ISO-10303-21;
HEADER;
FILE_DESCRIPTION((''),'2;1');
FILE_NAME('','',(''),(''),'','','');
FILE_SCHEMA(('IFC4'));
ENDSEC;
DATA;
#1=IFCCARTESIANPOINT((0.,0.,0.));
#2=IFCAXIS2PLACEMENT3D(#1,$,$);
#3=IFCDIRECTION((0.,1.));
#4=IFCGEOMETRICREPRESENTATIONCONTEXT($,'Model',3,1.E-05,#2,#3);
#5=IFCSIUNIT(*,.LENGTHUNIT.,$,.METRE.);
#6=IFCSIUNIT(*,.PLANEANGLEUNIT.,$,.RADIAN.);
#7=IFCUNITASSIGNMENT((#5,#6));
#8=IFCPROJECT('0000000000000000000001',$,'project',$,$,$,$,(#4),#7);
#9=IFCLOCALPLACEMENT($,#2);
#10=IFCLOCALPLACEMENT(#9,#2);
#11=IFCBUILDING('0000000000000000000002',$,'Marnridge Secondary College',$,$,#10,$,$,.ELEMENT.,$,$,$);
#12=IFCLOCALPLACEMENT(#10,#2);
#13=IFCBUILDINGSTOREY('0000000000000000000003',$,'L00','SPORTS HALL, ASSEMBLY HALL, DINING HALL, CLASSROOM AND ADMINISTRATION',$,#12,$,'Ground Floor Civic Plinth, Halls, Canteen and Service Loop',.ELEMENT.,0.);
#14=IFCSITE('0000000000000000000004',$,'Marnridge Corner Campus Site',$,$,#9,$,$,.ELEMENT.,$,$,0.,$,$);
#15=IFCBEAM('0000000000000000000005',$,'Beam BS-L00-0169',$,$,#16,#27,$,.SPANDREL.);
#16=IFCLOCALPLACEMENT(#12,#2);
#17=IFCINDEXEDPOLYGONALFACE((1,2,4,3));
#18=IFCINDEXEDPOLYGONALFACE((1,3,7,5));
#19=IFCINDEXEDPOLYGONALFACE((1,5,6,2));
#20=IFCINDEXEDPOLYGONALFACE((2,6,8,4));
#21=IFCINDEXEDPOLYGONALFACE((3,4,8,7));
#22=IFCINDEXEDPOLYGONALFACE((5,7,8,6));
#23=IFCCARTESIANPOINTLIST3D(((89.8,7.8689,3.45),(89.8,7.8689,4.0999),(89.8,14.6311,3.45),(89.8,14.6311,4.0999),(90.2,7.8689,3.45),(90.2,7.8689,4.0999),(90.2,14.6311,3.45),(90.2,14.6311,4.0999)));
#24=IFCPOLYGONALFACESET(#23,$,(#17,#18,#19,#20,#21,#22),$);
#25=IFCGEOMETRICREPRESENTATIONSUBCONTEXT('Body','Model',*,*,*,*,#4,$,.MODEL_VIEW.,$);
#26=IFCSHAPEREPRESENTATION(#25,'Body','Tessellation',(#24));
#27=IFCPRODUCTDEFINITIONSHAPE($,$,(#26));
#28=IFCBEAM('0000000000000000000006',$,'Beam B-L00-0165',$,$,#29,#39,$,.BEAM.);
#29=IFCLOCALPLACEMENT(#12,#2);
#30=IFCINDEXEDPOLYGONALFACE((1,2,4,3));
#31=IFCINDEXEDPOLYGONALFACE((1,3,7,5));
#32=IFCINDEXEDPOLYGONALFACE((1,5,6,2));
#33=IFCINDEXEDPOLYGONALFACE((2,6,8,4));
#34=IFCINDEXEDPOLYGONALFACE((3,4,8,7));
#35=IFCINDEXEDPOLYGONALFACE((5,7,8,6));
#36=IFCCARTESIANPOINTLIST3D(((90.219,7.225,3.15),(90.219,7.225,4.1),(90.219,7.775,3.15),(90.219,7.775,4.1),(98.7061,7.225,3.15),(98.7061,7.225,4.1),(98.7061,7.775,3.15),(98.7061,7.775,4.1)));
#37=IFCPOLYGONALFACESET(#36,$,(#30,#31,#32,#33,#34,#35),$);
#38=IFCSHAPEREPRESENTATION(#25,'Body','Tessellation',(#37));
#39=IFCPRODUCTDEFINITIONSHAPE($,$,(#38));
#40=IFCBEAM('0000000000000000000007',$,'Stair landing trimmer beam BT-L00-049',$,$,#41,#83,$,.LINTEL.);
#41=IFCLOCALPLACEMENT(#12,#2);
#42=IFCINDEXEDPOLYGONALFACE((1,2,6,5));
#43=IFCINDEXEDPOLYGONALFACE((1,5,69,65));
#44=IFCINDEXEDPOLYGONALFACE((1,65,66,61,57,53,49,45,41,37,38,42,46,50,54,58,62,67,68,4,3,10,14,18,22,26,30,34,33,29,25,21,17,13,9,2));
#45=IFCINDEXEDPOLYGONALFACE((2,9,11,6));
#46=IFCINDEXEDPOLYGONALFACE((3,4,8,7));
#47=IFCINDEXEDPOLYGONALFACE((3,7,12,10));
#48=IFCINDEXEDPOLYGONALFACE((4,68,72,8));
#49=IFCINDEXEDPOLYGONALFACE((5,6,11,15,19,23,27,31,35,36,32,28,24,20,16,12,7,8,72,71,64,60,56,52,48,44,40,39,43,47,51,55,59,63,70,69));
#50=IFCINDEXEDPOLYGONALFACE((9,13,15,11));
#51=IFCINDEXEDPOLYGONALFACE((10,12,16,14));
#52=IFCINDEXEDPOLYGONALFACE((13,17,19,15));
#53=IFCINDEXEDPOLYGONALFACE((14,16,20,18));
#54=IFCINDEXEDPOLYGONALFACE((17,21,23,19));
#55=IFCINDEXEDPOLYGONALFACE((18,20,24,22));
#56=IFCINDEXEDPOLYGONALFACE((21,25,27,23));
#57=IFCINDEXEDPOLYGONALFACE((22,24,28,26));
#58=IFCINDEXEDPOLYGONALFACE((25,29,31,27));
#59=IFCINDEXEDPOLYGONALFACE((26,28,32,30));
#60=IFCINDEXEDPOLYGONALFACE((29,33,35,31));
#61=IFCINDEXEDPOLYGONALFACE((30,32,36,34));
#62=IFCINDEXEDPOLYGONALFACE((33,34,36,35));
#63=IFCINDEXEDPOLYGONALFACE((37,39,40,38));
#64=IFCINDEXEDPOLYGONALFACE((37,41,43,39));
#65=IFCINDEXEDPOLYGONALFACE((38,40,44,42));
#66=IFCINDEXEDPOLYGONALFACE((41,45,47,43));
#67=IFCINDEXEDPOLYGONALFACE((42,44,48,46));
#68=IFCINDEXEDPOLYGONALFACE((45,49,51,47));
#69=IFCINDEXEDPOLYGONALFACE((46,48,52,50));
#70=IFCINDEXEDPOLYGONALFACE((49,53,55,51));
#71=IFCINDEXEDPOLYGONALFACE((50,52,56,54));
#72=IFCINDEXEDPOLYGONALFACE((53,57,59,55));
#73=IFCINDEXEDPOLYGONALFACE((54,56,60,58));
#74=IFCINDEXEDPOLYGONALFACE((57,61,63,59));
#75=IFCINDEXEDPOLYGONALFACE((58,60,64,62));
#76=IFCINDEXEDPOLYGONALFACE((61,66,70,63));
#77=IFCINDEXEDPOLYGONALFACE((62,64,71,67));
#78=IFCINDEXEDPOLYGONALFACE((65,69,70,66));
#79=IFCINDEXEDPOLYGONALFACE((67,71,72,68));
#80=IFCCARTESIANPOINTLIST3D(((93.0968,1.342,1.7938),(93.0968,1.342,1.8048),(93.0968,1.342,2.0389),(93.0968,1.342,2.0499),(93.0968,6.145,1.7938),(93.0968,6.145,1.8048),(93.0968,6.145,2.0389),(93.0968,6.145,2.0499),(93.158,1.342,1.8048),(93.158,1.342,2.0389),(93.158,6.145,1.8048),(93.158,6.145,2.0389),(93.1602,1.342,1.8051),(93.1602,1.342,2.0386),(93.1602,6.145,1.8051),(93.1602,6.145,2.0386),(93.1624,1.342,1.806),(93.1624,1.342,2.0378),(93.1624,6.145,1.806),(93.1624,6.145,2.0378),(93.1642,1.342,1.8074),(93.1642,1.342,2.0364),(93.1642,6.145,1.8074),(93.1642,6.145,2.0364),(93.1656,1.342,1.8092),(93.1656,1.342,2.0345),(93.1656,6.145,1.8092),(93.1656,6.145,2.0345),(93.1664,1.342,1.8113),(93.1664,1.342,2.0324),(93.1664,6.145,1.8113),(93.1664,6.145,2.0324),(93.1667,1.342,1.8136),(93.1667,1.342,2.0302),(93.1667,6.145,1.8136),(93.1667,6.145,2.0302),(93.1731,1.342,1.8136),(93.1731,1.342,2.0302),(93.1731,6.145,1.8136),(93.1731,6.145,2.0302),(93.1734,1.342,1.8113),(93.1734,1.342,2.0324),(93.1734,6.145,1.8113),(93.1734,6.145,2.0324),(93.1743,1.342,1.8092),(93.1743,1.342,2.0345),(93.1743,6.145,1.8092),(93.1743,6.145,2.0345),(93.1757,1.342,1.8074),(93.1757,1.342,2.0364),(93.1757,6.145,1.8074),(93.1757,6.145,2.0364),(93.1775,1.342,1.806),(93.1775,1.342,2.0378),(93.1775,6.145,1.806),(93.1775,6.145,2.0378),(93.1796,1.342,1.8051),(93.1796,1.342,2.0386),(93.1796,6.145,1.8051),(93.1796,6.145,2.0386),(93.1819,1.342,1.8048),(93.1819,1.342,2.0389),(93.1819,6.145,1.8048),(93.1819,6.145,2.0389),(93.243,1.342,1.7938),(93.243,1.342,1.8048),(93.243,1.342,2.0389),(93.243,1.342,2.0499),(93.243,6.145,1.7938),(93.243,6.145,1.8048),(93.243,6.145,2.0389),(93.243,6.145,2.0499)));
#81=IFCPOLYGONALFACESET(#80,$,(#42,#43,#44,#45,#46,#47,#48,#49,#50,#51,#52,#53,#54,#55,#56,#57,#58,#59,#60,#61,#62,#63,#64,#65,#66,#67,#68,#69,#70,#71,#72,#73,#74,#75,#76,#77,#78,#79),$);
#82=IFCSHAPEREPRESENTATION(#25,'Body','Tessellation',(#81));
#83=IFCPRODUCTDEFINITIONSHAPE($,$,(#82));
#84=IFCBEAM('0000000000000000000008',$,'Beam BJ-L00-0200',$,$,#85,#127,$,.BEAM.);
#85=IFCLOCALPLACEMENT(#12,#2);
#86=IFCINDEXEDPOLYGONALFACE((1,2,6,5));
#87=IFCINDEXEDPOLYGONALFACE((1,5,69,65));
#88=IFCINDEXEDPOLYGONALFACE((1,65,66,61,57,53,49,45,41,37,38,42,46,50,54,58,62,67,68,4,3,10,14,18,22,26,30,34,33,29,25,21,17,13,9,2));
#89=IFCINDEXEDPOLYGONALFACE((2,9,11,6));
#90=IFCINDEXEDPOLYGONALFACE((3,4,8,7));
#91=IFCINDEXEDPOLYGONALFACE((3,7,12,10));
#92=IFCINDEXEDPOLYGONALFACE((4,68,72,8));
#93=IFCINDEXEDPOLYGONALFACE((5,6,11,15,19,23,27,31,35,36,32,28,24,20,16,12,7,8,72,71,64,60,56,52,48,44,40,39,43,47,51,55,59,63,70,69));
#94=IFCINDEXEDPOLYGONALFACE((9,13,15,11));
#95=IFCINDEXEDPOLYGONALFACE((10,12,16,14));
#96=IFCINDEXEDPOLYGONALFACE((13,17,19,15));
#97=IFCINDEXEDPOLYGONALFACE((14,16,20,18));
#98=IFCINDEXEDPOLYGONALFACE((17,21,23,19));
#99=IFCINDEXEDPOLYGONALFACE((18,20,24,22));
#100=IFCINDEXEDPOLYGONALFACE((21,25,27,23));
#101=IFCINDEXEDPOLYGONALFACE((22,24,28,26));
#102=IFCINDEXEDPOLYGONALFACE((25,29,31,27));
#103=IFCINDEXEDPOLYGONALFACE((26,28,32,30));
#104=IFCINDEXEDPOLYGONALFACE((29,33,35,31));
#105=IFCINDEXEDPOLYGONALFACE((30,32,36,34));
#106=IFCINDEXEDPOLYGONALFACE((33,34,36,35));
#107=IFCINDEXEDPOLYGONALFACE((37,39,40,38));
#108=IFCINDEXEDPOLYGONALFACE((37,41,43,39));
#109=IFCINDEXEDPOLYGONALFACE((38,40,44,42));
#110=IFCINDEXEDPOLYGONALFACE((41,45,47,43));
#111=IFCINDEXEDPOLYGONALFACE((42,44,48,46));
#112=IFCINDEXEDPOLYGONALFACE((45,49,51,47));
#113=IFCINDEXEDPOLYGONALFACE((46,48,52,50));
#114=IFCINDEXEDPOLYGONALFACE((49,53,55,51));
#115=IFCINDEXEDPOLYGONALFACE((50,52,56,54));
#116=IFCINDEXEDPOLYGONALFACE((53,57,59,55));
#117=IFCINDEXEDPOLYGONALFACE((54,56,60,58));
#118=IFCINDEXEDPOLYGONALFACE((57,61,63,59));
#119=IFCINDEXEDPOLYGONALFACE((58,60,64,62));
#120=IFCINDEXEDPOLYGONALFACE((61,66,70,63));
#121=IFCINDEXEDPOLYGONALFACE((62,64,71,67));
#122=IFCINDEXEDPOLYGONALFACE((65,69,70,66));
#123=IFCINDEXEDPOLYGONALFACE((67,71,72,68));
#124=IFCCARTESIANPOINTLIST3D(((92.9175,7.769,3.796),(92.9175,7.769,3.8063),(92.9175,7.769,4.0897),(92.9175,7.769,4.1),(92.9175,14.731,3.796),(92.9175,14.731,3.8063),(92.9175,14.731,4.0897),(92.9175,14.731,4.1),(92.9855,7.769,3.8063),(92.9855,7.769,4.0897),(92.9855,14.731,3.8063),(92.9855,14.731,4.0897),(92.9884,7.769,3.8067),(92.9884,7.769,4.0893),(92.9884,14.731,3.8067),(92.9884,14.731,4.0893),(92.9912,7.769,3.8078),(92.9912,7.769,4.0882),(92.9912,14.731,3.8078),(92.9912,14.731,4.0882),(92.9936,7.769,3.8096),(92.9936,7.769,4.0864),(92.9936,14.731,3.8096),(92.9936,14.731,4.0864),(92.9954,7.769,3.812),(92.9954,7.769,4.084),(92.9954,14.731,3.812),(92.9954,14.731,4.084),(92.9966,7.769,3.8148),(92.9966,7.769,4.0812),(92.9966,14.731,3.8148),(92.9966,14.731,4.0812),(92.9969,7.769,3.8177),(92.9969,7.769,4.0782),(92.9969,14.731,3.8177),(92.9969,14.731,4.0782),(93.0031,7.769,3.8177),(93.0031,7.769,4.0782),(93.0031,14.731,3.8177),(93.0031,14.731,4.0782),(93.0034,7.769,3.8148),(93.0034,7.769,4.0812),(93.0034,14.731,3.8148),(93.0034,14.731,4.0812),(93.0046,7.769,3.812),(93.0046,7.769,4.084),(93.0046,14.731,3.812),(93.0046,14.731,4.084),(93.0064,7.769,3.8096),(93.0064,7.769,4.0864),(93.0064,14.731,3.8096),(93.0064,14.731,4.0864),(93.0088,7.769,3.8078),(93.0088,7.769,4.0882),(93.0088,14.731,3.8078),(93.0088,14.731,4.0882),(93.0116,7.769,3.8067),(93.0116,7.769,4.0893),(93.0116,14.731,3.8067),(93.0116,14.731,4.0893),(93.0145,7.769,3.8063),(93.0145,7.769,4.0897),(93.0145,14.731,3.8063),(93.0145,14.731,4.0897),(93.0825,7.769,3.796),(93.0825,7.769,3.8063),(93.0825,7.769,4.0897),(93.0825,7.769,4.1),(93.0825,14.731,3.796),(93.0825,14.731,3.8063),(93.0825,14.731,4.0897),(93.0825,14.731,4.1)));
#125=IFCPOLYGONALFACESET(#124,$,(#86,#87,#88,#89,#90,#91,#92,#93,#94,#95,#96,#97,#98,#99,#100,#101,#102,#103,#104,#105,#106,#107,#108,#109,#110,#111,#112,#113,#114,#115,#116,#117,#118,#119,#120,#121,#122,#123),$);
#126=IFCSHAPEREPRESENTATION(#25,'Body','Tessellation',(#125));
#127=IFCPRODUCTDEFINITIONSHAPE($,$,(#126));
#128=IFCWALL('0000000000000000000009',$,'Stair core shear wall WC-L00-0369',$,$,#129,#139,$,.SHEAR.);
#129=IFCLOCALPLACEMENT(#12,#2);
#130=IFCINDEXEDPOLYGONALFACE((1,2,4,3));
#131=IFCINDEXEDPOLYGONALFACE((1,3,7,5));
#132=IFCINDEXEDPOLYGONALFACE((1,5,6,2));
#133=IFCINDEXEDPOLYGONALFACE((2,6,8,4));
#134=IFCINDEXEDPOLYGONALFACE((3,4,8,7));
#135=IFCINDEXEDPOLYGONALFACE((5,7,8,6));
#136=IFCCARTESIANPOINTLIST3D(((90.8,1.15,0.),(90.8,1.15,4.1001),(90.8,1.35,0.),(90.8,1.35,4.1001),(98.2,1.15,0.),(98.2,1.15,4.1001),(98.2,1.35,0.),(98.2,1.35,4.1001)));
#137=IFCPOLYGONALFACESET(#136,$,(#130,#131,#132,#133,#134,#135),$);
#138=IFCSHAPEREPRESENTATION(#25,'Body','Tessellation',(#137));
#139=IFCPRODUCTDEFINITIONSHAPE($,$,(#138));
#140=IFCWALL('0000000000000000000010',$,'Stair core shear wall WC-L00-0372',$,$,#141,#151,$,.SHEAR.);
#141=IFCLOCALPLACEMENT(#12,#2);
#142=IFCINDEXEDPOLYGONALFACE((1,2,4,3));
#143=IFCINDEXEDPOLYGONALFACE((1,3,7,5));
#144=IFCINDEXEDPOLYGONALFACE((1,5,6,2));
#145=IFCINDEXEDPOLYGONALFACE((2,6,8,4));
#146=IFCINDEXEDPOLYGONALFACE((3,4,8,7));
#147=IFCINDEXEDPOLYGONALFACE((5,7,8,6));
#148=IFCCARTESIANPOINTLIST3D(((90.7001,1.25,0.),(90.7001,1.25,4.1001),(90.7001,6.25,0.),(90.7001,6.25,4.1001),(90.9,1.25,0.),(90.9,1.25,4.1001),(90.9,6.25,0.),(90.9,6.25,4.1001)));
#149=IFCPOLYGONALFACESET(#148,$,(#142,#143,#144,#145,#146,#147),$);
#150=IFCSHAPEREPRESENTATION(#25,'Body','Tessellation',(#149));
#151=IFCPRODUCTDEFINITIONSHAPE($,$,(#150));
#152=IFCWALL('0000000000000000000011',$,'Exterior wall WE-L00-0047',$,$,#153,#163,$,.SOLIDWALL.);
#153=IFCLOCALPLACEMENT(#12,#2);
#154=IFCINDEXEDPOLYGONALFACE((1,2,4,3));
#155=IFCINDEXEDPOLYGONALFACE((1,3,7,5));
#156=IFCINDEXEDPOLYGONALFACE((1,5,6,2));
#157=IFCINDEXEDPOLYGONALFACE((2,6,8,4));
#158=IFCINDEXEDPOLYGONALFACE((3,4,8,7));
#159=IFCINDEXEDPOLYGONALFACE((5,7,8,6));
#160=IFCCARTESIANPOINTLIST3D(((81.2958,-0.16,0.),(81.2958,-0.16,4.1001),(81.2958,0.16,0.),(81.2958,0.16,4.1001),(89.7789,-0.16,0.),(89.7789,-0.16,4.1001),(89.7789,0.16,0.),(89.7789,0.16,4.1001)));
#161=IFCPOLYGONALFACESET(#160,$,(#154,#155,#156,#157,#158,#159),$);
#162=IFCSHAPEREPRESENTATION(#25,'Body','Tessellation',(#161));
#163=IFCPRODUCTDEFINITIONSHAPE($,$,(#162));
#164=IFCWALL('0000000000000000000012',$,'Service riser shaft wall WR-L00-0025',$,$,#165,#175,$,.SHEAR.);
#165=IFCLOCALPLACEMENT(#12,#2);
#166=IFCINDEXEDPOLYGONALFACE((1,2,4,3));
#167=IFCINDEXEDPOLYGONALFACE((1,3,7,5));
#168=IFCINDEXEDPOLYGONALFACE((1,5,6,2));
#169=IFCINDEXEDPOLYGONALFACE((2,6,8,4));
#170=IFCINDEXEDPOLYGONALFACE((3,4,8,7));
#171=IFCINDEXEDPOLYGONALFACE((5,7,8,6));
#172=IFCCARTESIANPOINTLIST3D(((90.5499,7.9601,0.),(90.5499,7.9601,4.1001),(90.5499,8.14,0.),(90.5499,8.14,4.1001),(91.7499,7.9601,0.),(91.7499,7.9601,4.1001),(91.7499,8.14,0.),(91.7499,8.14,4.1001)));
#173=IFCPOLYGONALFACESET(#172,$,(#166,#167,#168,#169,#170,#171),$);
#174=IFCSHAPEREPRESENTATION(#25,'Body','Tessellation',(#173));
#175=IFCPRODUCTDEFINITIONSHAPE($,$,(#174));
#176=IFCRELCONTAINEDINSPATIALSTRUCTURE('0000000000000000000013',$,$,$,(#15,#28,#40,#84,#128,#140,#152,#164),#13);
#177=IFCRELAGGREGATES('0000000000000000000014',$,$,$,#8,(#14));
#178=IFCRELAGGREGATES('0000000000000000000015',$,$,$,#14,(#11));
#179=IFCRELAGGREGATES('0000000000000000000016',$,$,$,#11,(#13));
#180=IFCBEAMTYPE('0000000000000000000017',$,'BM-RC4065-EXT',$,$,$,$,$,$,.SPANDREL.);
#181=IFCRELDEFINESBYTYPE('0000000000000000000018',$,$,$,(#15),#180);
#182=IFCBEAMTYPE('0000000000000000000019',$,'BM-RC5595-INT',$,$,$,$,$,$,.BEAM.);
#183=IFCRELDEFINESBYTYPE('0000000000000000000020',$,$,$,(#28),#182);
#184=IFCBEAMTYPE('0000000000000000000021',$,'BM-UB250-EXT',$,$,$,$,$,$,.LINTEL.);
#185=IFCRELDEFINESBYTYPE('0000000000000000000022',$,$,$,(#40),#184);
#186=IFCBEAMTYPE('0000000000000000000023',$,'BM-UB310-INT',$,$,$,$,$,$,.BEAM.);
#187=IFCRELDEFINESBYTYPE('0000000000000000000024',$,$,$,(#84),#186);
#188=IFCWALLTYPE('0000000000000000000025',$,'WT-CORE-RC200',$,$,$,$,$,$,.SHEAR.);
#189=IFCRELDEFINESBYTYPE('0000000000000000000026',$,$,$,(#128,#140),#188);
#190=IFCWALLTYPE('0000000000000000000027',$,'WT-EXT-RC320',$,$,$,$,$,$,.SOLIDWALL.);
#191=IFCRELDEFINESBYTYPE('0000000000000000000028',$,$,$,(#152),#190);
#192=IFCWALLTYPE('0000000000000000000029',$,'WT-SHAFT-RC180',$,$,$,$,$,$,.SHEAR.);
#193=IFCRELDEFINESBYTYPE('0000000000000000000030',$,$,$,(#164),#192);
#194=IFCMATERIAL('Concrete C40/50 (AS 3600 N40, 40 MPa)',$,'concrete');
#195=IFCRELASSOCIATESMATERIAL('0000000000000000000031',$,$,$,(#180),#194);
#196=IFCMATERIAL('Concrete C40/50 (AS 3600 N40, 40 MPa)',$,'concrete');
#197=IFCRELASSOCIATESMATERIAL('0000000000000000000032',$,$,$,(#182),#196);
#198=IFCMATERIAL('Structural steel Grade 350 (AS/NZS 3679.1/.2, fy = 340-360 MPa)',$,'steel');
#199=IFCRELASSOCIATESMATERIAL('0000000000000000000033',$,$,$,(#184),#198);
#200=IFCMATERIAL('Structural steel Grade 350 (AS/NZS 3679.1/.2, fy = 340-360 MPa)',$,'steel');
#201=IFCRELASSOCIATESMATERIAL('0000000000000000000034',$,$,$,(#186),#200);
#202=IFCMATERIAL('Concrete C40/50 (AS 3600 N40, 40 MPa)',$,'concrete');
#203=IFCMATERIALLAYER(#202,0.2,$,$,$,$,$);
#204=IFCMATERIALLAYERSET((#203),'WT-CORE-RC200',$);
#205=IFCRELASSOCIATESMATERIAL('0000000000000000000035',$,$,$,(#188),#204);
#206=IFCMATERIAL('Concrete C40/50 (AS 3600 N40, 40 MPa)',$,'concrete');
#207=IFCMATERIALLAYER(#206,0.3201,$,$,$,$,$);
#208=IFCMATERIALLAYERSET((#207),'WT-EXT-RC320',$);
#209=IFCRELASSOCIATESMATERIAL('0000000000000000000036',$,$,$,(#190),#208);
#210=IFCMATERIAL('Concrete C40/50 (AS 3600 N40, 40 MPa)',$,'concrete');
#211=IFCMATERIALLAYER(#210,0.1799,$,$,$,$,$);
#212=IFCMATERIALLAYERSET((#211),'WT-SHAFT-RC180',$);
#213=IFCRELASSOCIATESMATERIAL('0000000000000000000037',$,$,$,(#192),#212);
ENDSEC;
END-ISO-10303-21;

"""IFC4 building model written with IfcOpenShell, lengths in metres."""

from ifc_helpers import new_model, si_unit, direction, frame, frame_2d, origin, origin_2d, place, context, subcontext, project, spatial, rectangle, i_section, extrude, material, layer, layer_set, material_profile, profile_set, type_object, element, save


model = new_model("IFC4")

# Units and contexts
model_context = context("Model", 3, precision=1e-05, world=origin(), true_north=direction((0.0, 1.0)))
body_context = subcontext(model_context, "Body", "Model", "MODEL_VIEW")
ifc_project = project(units=[si_unit("LENGTHUNIT", "METRE"), si_unit("PLANEANGLEUNIT", "RADIAN")], contexts=[model_context])

# Site, building, storey
site_placement = place(None, origin())
site = spatial("IfcSite", under=ifc_project, at=site_placement, Name="Marnridge Corner Campus Site", CompositionType="ELEMENT", RefElevation=0.0)
building_placement = place(site_placement, origin())
building = spatial("IfcBuilding", under=site, at=building_placement, Name="Marnridge Secondary College", CompositionType="ELEMENT")
storey_placement = place(building_placement, origin())
storey = spatial("IfcBuildingStorey", under=building, at=storey_placement, Name="L00", Description="SPORTS HALL, ASSEMBLY HALL, DINING HALL, CLASSROOM AND ADMINISTRATION", LongName="Ground Floor Civic Plinth, Halls, Canteen and Service Loop", CompositionType="ELEMENT", Elevation=0.0)

# Beams
ifc_material_1 = material(Name="Concrete C40/50 (AS 3600 N40, 40 MPa)", Category="concrete")
ifc_material_profile_1 = material_profile(ifc_material_1, rectangle(XDim=0.3999, YDim=0.6499, at=origin_2d()), Name="RC 400x650")
ifc_profile_set_1 = profile_set([ifc_material_profile_1], Name="Concrete C40/50 (AS 3600 N40, 40 MPa)")
beam_type_1 = type_object("IfcBeamType", Name="BM-RC4065-EXT", PredefinedType="SPANDREL", material=ifc_profile_set_1)
for number, where, z_axis, x_axis, name in (
    (1, (90.0, 7.8689, 3.7749), (0.0, 1.0, 0.0), (-1.0, 0.0, 0.0), "Beam BS-L00-0169"),
):
    element("IfcBeam", number, at=place(storey_placement, frame(where, z_axis=z_axis, x_axis=x_axis)), inside=storey, type_object=beam_type_1, Name=name, PredefinedType="SPANDREL", context=body_context, shape_type="SweptSolid", body=[
        extrude(rectangle(XDim=0.3999, YDim=0.6499, at=origin_2d()), origin(), (0.0, 0.0, 1.0), 6.7622),
    ])
ifc_material_2 = material(Name="Concrete C40/50 (AS 3600 N40, 40 MPa)", Category="concrete")
ifc_material_profile_2 = material_profile(ifc_material_2, rectangle(XDim=0.55, YDim=0.95, at=origin_2d()), Name="RC 550x950")
ifc_profile_set_2 = profile_set([ifc_material_profile_2], Name="Concrete C40/50 (AS 3600 N40, 40 MPa)")
beam_type_2 = type_object("IfcBeamType", Name="BM-RC5595-INT", PredefinedType="BEAM", material=ifc_profile_set_2)
beam_1_placement = place(storey_placement, frame((90.219, 7.5, 3.625), z_axis=(1.0, 0.0, 0.0), x_axis=(0.0, 1.0, 0.0)))
element("IfcBeam", 2, at=beam_1_placement, inside=storey, type_object=beam_type_2, Name="Beam B-L00-0165", PredefinedType="BEAM", context=body_context, shape_type="SweptSolid", body=[
    extrude(rectangle(XDim=0.55, YDim=0.95, at=origin_2d()), origin(), (0.0, 0.0, 1.0), 8.4871),
])
ifc_material_3 = material(Name="Structural steel Grade 350 (AS/NZS 3679.1/.2, fy = 340-360 MPa)", Category="steel")
ifc_material_profile_3 = material_profile(ifc_material_3, i_section(OverallWidth=0.1462, OverallDepth=0.2561, WebThickness=0.0063, FlangeThickness=0.011, FilletRadius=0.0088, at=origin_2d()), Name="250UB37.3")
ifc_profile_set_3 = profile_set([ifc_material_profile_3], Name="Structural steel Grade 350 (AS/NZS 3679.1/.2, fy = 340-360 MPa)")
beam_type_3 = type_object("IfcBeamType", Name="BM-UB250-EXT", PredefinedType="LINTEL", material=ifc_profile_set_3)
beam_2_placement = place(storey_placement, frame((93.1699, 1.342, 1.9219), z_axis=(0.0, 1.0, 0.0), x_axis=(-1.0, 0.0, 0.0)))
element("IfcBeam", 3, at=beam_2_placement, inside=storey, type_object=beam_type_3, Name="Stair landing trimmer beam BT-L00-049", PredefinedType="LINTEL", context=body_context, shape_type="SweptSolid", body=[
    extrude(i_section(OverallWidth=0.1462, OverallDepth=0.2561, WebThickness=0.0063, FlangeThickness=0.011, FilletRadius=0.0088, at=origin_2d()), origin(), (0.0, 0.0, 1.0), 4.803),
])
ifc_material_4 = material(Name="Structural steel Grade 350 (AS/NZS 3679.1/.2, fy = 340-360 MPa)", Category="steel")
ifc_material_profile_4 = material_profile(ifc_material_4, i_section(OverallWidth=0.165, OverallDepth=0.304, WebThickness=0.0061, FlangeThickness=0.0103, FilletRadius=0.0115, at=origin_2d()), Name="310UB40.4")
ifc_profile_set_4 = profile_set([ifc_material_profile_4], Name="Structural steel Grade 350 (AS/NZS 3679.1/.2, fy = 340-360 MPa)")
beam_type_4 = type_object("IfcBeamType", Name="BM-UB310-INT", PredefinedType="BEAM", material=ifc_profile_set_4)
beam_3_placement = place(storey_placement, frame((93.0, 7.769, 3.948), z_axis=(0.0, 1.0, 0.0), x_axis=(-1.0, 0.0, 0.0)))
element("IfcBeam", 4, at=beam_3_placement, inside=storey, type_object=beam_type_4, Name="Beam BJ-L00-0200", PredefinedType="BEAM", context=body_context, shape_type="SweptSolid", body=[
    extrude(i_section(OverallWidth=0.165, OverallDepth=0.304, WebThickness=0.0061, FlangeThickness=0.0103, FilletRadius=0.0115, at=origin_2d()), origin(), (0.0, 0.0, 1.0), 6.9619),
])

# Walls
ifc_material_5 = material(Name="Concrete C40/50 (AS 3600 N40, 40 MPa)", Category="concrete")
ifc_layer_1 = layer(ifc_material_5, 0.2)
ifc_layer_set_1 = layer_set([ifc_layer_1], Name="WT-CORE-RC200")
wall_type_1 = type_object("IfcWallType", Name="WT-CORE-RC200", PredefinedType="SHEAR", material=ifc_layer_set_1)
wall_1_placement = place(storey_placement, frame((90.8, 1.25, 0.0), z_axis=(0.0, 0.0, 1.0), x_axis=(1.0, 0.0, 0.0)))
element("IfcWall", 5, at=wall_1_placement, inside=storey, type_object=wall_type_1, Name="Stair core shear wall WC-L00-0369", PredefinedType="SHEAR", context=body_context, shape_type="SweptSolid", body=[
    extrude(rectangle(XDim=7.3999, YDim=0.2, at=frame_2d((3.7, 0.0))), origin(), (0.0, 0.0, 1.0), 4.1001),
])
wall_2_placement = place(storey_placement, frame((90.8, 6.25, 0.0), z_axis=(0.0, 0.0, 1.0), x_axis=(0.0, -1.0, 0.0)))
element("IfcWall", 6, at=wall_2_placement, inside=storey, type_object=wall_type_1, Name="Stair core shear wall WC-L00-0372", PredefinedType="SHEAR", context=body_context, shape_type="SweptSolid", body=[
    extrude(rectangle(XDim=5.0, YDim=0.2, at=frame_2d((2.5, 0.0))), origin(), (0.0, 0.0, 1.0), 4.1001),
])
ifc_material_6 = material(Name="Concrete C40/50 (AS 3600 N40, 40 MPa)", Category="concrete")
ifc_layer_2 = layer(ifc_material_6, 0.3201)
ifc_layer_set_2 = layer_set([ifc_layer_2], Name="WT-EXT-RC320")
wall_type_2 = type_object("IfcWallType", Name="WT-EXT-RC320", PredefinedType="SOLIDWALL", material=ifc_layer_set_2)
wall_3_placement = place(storey_placement, frame((89.7791, 0.0, 0.0), z_axis=(0.0, 0.0, 1.0), x_axis=(-1.0, 0.0, 0.0)))
element("IfcWall", 7, at=wall_3_placement, inside=storey, type_object=wall_type_2, Name="Exterior wall WE-L00-0047", PredefinedType="SOLIDWALL", context=body_context, shape_type="SweptSolid", body=[
    extrude(rectangle(XDim=8.4832, YDim=0.3201, at=frame_2d((4.2417, 0.0))), origin(), (0.0, 0.0, 1.0), 4.1001),
])
ifc_material_7 = material(Name="Concrete C40/50 (AS 3600 N40, 40 MPa)", Category="concrete")
ifc_layer_3 = layer(ifc_material_7, 0.1799)
ifc_layer_set_3 = layer_set([ifc_layer_3], Name="WT-SHAFT-RC180")
wall_type_3 = type_object("IfcWallType", Name="WT-SHAFT-RC180", PredefinedType="SHEAR", material=ifc_layer_set_3)
for number, where, z_axis, x_axis, name in (
    (8, (91.75, 8.05, 0.0), (0.0, 0.0, 1.0), (-1.0, 0.0, 0.0), "Service riser shaft wall WR-L00-0025"),
):
    element("IfcWall", number, at=place(storey_placement, frame(where, z_axis=z_axis, x_axis=x_axis)), inside=storey, type_object=wall_type_3, Name=name, PredefinedType="SHEAR", context=body_context, shape_type="SweptSolid", body=[
        extrude(rectangle(XDim=1.2, YDim=0.1799, at=frame_2d((0.6001, 0.0))), origin(), (0.0, 0.0, 1.0), 4.1001),
    ])

save(model, "model.ifc")
